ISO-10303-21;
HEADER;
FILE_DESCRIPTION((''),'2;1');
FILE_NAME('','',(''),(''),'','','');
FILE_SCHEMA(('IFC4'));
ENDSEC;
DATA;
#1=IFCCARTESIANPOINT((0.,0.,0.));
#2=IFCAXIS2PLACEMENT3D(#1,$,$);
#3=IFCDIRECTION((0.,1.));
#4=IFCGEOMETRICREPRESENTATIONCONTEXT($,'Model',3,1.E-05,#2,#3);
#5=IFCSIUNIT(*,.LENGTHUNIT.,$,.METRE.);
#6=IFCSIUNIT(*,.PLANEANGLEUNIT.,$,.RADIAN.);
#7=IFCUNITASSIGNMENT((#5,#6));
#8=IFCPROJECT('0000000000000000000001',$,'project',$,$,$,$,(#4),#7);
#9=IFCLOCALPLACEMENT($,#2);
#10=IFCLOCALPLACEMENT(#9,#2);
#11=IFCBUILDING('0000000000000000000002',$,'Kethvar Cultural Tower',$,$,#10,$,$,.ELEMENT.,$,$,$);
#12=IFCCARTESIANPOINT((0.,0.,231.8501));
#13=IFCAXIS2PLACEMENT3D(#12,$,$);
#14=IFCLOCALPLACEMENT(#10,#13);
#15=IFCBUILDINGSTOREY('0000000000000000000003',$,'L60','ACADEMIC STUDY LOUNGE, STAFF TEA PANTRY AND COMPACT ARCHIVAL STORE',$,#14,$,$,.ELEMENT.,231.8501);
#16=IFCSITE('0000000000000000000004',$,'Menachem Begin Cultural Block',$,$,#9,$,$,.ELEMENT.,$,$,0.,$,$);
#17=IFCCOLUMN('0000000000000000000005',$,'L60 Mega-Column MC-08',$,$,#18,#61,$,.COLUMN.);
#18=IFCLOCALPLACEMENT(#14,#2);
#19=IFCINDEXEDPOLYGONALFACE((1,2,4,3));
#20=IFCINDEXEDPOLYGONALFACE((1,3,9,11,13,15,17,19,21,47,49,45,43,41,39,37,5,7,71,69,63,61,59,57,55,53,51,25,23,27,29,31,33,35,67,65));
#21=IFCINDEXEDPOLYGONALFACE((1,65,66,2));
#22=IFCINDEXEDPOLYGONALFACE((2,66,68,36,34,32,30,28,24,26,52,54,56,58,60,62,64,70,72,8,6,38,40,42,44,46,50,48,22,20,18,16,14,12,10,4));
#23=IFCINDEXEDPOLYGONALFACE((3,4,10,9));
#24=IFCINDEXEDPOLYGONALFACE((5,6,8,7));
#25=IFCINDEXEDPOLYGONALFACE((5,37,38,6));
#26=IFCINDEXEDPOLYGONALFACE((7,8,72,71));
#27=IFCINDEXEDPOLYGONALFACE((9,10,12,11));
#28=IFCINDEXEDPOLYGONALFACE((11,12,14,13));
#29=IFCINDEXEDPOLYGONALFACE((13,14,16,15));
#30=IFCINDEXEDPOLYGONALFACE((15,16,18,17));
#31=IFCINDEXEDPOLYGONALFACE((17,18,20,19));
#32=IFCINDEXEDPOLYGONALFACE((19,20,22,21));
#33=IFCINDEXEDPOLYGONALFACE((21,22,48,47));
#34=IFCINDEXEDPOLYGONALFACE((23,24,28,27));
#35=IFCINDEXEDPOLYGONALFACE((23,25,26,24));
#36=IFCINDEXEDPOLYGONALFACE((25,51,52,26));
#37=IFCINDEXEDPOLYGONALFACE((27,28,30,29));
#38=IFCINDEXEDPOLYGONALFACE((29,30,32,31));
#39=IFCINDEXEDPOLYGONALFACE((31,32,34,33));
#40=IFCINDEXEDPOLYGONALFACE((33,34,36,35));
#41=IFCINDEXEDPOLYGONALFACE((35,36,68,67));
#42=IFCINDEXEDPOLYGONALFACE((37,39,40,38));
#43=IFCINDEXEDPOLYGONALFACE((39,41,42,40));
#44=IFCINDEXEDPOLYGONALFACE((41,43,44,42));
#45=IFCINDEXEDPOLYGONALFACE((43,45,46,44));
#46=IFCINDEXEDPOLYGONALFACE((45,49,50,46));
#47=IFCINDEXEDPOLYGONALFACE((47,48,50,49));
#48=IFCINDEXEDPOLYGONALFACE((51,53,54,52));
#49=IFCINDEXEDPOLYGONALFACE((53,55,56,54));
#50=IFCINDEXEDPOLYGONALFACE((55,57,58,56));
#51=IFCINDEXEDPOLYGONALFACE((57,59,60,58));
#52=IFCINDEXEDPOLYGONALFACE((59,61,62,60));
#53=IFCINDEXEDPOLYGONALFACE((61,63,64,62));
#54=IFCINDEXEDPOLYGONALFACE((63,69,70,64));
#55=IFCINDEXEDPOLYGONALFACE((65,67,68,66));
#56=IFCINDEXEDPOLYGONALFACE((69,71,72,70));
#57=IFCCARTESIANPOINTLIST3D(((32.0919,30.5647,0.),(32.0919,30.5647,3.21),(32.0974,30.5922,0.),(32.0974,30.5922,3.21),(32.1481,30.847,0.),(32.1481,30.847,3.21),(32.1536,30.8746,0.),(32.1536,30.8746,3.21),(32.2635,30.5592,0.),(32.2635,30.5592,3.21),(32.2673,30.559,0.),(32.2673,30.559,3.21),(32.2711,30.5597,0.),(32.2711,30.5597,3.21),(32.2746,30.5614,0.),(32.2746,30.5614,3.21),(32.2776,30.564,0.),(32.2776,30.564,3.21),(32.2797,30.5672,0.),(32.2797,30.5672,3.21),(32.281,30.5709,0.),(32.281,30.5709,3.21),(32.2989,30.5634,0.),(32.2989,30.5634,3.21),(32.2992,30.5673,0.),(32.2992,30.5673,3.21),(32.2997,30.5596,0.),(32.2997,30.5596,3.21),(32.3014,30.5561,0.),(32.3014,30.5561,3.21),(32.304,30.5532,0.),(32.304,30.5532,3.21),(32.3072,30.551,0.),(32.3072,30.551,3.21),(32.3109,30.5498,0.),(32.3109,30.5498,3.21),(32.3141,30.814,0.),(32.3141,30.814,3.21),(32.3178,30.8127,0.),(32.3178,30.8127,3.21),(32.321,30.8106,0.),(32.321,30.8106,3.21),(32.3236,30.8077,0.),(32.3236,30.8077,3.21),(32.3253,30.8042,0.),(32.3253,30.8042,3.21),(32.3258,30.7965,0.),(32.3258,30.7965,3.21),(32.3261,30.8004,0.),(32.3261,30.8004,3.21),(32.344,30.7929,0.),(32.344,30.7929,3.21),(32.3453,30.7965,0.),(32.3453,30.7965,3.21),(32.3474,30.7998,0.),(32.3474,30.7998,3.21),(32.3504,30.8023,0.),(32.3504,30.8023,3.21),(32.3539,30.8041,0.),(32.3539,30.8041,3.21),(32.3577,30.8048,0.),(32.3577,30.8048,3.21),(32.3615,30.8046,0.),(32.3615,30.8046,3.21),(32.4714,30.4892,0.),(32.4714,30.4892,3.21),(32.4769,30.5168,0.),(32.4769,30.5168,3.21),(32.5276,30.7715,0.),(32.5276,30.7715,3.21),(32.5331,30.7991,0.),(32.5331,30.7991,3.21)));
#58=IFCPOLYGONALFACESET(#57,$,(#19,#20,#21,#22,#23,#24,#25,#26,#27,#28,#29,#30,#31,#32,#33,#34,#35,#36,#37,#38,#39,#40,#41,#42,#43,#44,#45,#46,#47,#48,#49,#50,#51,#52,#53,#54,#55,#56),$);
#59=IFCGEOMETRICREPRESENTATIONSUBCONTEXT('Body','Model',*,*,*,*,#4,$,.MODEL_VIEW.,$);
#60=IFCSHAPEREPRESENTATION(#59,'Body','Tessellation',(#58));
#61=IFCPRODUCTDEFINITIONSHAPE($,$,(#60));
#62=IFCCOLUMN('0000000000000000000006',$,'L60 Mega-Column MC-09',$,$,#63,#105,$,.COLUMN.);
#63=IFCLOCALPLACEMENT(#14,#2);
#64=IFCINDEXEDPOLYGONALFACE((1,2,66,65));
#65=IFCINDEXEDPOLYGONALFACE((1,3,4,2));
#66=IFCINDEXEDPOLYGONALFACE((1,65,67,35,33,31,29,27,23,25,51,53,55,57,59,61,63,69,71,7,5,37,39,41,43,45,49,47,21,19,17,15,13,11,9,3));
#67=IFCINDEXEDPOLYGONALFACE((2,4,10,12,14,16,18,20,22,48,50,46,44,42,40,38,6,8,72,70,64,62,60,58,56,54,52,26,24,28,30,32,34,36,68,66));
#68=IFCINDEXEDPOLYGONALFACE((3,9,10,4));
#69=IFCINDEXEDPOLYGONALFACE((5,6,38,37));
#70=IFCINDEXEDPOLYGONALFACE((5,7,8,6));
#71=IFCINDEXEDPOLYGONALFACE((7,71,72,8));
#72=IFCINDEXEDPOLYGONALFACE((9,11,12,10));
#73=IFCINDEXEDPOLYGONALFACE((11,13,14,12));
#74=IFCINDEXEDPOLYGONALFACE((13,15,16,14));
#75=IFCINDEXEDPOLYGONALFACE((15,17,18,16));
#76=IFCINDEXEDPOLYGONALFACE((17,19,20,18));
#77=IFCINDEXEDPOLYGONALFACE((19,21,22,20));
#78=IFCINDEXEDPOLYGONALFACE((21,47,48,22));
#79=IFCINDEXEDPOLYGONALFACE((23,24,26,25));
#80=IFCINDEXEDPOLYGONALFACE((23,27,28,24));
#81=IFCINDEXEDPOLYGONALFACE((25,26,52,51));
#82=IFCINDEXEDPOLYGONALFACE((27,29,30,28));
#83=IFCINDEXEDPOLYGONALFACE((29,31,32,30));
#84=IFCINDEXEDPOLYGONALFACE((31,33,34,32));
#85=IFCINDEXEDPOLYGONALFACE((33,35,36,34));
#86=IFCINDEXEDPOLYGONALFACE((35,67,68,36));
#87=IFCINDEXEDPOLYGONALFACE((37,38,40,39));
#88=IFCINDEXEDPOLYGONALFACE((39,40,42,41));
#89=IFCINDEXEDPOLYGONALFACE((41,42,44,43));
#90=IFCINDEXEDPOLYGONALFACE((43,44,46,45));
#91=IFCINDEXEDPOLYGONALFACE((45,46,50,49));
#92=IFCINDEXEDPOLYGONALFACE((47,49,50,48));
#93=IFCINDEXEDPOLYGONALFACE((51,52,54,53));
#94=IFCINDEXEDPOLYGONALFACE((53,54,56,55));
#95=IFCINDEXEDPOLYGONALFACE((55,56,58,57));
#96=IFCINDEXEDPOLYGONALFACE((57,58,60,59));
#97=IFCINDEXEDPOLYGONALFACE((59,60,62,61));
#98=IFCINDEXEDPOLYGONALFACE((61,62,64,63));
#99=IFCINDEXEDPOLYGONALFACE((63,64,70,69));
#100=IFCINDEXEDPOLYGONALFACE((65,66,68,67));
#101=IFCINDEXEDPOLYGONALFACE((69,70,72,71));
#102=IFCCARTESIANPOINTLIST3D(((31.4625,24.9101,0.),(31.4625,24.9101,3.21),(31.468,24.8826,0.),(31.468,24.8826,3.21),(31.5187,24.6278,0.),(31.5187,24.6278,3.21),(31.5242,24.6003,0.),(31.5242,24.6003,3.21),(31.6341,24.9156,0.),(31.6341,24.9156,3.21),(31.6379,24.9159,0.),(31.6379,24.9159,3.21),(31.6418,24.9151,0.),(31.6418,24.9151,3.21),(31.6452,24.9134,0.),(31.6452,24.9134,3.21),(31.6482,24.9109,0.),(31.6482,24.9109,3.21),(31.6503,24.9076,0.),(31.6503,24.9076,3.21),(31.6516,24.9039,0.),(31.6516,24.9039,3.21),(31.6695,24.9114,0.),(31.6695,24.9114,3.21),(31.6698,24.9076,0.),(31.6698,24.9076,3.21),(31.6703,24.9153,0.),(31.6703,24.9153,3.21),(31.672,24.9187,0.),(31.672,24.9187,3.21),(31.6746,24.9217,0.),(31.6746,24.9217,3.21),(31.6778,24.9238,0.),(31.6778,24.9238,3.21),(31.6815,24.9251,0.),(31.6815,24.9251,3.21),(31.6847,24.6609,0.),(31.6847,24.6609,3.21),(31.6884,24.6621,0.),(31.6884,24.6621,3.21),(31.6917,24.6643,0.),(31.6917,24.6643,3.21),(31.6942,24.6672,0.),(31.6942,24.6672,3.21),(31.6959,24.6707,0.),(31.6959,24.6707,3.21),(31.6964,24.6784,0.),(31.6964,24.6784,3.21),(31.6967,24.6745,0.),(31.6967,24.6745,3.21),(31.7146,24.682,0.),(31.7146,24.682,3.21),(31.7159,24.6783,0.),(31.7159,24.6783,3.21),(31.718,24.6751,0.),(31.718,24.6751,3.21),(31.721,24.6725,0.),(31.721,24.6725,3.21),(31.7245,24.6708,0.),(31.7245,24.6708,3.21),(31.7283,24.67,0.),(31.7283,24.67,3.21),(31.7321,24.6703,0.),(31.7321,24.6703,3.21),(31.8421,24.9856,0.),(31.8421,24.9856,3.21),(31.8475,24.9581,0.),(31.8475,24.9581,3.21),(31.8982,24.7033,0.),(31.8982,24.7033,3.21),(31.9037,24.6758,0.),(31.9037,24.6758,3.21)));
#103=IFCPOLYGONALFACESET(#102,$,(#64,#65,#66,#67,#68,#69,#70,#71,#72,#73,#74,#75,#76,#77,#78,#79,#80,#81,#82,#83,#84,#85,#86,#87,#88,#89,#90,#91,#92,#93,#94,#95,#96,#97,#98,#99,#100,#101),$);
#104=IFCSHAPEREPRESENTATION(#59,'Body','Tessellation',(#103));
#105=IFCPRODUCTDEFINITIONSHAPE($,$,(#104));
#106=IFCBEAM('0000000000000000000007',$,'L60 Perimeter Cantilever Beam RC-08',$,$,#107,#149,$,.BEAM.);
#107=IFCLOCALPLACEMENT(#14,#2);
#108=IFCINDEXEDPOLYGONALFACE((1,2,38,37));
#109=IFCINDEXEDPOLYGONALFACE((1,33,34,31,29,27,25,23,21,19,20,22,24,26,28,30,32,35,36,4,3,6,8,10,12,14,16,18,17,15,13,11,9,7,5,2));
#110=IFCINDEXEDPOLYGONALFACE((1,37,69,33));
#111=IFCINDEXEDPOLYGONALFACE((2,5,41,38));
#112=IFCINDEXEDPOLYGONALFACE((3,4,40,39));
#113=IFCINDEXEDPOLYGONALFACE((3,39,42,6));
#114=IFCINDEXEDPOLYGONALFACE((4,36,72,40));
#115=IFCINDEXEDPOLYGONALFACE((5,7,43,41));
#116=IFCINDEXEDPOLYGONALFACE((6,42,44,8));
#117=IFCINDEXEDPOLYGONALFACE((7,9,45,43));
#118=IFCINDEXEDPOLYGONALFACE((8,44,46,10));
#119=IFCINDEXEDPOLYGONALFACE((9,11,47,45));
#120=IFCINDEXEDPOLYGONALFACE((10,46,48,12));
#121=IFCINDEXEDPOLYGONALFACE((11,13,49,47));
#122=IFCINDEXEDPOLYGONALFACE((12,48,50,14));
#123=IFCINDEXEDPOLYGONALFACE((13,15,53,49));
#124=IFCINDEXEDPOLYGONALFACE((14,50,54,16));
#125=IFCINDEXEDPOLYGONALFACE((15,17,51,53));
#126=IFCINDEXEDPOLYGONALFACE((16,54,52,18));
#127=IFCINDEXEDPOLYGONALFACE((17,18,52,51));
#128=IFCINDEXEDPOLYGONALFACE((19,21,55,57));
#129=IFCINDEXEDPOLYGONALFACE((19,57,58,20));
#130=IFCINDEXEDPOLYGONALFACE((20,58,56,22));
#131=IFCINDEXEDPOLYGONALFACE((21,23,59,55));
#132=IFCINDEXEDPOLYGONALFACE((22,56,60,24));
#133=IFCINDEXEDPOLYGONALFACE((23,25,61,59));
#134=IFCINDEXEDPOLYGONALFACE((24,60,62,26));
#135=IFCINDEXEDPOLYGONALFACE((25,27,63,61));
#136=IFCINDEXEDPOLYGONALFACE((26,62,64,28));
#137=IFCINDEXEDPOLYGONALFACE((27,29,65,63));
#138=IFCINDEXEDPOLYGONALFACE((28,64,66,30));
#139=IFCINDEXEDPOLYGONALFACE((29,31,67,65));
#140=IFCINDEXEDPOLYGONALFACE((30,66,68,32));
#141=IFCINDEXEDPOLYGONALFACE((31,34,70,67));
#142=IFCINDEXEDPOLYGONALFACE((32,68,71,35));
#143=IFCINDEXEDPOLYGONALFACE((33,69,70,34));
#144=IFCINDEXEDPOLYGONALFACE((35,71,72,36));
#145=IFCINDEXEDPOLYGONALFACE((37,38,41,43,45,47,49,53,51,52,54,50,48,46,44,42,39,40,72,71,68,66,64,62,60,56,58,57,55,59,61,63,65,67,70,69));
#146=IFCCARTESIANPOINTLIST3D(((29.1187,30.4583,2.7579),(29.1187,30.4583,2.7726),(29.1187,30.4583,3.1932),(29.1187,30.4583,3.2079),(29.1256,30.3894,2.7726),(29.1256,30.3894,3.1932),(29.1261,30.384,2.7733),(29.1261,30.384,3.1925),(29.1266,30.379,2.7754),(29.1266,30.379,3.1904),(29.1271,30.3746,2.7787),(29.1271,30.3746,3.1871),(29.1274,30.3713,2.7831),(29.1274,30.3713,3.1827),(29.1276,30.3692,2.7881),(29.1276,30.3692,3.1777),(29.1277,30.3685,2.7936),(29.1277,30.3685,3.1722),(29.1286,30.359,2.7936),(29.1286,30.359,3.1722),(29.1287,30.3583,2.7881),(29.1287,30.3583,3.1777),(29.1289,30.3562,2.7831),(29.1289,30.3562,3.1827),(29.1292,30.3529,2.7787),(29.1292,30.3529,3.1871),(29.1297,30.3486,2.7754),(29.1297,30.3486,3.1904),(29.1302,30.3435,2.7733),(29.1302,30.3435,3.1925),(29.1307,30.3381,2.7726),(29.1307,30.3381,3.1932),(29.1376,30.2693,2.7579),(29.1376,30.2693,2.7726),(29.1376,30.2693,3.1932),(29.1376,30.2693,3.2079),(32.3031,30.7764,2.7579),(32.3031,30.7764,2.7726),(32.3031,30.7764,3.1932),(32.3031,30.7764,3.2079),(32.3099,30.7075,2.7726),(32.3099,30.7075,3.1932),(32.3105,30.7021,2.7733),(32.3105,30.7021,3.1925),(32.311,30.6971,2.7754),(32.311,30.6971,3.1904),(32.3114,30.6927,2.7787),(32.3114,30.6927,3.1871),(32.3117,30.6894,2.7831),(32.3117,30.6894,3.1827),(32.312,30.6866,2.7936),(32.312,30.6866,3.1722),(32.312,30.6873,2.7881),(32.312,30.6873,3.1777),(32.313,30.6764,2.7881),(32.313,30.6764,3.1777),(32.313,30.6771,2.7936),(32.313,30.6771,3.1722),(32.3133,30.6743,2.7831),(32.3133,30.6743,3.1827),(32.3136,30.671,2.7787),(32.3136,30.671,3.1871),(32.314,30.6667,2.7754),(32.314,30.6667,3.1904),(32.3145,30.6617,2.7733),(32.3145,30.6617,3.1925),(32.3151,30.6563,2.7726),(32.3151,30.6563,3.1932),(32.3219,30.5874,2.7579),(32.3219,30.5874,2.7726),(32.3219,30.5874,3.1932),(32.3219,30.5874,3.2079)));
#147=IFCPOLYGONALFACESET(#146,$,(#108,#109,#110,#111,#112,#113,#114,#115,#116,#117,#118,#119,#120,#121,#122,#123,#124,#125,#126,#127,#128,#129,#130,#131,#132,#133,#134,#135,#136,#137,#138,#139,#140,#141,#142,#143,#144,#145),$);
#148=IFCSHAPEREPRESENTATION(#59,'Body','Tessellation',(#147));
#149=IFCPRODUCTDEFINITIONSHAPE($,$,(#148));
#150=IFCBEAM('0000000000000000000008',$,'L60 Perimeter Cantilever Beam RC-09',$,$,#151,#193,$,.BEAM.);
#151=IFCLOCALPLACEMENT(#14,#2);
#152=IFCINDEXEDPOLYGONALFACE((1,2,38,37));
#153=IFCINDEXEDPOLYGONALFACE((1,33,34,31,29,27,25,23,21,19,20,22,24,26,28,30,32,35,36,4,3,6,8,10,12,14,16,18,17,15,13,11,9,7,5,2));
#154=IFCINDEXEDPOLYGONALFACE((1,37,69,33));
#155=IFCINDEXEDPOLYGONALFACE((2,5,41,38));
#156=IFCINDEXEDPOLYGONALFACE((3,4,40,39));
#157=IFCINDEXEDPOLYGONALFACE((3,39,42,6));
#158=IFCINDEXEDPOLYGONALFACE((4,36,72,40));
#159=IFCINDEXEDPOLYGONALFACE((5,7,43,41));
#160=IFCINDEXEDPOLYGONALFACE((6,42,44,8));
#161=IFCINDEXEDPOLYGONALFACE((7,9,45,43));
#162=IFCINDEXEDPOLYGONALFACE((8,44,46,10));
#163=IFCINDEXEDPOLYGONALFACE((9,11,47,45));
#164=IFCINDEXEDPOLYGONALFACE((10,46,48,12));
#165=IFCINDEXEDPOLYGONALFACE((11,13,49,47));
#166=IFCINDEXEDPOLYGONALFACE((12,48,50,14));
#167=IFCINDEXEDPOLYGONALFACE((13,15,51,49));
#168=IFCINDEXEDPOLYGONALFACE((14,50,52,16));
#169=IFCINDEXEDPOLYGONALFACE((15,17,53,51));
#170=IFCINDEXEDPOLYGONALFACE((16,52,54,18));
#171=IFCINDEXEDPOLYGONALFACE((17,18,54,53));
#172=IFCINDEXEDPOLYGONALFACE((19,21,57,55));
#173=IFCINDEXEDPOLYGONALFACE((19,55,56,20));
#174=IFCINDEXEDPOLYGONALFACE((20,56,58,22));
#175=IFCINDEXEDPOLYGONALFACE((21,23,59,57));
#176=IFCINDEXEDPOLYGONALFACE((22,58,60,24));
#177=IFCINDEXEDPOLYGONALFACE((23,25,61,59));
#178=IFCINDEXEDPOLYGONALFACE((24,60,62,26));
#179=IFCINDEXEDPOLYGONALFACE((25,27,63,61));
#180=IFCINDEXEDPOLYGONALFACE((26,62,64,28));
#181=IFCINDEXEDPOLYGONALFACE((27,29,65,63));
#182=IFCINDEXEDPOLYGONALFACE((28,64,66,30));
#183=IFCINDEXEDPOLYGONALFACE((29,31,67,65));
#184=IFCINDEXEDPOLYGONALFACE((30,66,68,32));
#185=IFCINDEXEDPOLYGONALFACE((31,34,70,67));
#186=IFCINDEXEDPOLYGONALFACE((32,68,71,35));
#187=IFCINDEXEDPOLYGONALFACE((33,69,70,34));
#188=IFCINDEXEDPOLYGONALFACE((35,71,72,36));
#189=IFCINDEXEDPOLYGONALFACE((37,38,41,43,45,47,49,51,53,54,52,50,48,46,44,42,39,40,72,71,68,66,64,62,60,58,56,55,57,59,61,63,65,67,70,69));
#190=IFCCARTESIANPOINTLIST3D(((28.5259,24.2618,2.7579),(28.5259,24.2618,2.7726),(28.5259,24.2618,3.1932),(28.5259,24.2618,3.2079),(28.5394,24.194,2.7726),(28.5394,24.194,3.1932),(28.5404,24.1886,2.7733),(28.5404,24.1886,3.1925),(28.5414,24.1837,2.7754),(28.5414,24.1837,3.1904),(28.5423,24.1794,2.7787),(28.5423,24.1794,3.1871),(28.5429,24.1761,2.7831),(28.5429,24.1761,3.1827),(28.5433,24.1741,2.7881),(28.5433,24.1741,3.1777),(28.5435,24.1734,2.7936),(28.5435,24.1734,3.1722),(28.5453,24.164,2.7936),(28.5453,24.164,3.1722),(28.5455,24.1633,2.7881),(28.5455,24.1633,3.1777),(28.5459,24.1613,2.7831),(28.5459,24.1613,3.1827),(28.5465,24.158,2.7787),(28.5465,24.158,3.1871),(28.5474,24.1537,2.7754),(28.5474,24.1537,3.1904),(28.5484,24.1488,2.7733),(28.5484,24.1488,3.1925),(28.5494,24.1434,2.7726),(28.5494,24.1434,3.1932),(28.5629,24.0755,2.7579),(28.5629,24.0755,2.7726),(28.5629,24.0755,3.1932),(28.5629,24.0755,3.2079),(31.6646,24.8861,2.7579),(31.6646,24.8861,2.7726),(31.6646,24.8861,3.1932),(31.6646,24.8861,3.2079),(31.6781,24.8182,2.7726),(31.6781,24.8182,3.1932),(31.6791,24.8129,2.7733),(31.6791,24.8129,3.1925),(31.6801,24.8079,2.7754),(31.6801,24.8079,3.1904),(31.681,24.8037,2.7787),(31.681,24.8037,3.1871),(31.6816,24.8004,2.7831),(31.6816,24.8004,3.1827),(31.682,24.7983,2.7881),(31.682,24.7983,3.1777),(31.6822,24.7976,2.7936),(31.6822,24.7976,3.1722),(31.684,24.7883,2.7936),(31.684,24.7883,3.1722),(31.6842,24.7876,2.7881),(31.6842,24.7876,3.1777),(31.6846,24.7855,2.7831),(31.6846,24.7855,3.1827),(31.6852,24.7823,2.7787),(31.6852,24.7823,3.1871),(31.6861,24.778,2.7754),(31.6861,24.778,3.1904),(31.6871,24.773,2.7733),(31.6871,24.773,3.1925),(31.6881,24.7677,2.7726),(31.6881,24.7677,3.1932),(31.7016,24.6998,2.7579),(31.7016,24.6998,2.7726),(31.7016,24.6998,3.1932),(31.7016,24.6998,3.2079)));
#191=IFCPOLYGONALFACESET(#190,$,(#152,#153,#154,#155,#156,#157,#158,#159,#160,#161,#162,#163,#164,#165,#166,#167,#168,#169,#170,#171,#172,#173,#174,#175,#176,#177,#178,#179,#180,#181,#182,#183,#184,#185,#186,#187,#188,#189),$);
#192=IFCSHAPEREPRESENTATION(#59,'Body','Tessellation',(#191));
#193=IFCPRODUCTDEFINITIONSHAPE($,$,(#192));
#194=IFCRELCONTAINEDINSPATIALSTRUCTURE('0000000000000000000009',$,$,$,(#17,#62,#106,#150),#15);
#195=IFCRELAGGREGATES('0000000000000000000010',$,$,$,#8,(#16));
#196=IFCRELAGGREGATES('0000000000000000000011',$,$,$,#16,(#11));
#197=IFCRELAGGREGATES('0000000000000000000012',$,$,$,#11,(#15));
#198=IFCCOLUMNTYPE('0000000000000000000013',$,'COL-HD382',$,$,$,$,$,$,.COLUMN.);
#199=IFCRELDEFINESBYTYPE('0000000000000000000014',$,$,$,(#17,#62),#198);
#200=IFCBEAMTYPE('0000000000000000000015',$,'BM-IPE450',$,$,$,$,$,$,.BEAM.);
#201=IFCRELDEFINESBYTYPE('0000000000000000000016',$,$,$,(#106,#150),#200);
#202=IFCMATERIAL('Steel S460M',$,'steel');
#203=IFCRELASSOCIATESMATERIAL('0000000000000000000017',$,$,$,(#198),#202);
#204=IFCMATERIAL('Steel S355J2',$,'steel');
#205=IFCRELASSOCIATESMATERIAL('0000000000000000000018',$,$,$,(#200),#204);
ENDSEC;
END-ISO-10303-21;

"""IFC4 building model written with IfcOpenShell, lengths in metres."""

from ifc_helpers import new_model, si_unit, direction, frame, origin, origin_2d, place, context, subcontext, project, spatial, i_section, extrude, source, transform, mapped, material, material_profile, profile_set, type_object, element, save


model = new_model("IFC4")

# Units and contexts
model_context = context("Model", 3, precision=1e-05, world=origin(), true_north=direction((0.0, 1.0)))
body_context = subcontext(model_context, "Body", "Model", "MODEL_VIEW")
ifc_project = project(units=[si_unit("LENGTHUNIT", "METRE"), si_unit("PLANEANGLEUNIT", "RADIAN")], contexts=[model_context])

# Site, building, storey
site_placement = place(None, origin())
site = spatial("IfcSite", under=ifc_project, at=site_placement, Name="Menachem Begin Cultural Block", CompositionType="ELEMENT", RefElevation=0.0)
building_placement = place(site_placement, origin())
building = spatial("IfcBuilding", under=site, at=building_placement, Name="Kethvar Cultural Tower", CompositionType="ELEMENT")
storey_placement = place(building_placement, frame((0.0, 0.0, 231.8501)))
storey = spatial("IfcBuildingStorey", under=building, at=storey_placement, Name="L60", Description="ACADEMIC STUDY LOUNGE, STAFF TEA PANTRY AND COMPACT ARCHIVAL STORE", CompositionType="ELEMENT", Elevation=231.8501)

# Columns
ifc_material_1 = material(Name="Steel S460M", Category="steel")
ifc_material_profile_1 = material_profile(ifc_material_1, i_section(OverallWidth=0.387, OverallDepth=0.3159, WebThickness=0.0186, FlangeThickness=0.0281, FilletRadius=0.0149, at=origin_2d()), Name="Steel S460M — HD400x382")
ifc_profile_set_1 = profile_set([ifc_material_profile_1], Name="Steel S460M — HD400x382")
column_type = type_object("IfcColumnType", Name="COL-HD382", PredefinedType="COLUMN", material=ifc_profile_set_1)
shared_shape_1 = source(origin(), body_context, "Body", "SweptSolid", [
    extrude(i_section(OverallWidth=0.387, OverallDepth=0.3159, WebThickness=0.0186, FlangeThickness=0.0281, FilletRadius=0.0149, at=origin_2d()), origin(), (0.0, 0.0, 1.0), 3.21),
])
for number, where, z_axis, x_axis, name in (
    (1, (32.3125, 30.6819, 0.0), (0.0, 0.0, 1.0), (-0.980785, 0.19509, 0.0), "L60 Mega-Column MC-08"),
    (2, (31.6831, 24.793, 0.0), (0.0, 0.0, 1.0), (-0.980785, -0.19509, 0.0), "L60 Mega-Column MC-09"),
):
    element("IfcColumn", number, at=place(storey_placement, frame(where, z_axis=z_axis, x_axis=x_axis)), inside=storey, type_object=column_type, Name=name, PredefinedType="COLUMN", context=body_context, shape_type="MappedRepresentation", body=[
        mapped(shared_shape_1, transform((0.0, 0.0, 0.0), scale=1.0)),
    ])

# Beams
ifc_material_2 = material(Name="Steel S355J2", Category="steel")
ifc_material_profile_2 = material_profile(ifc_material_2, i_section(OverallWidth=0.1899, OverallDepth=0.45, WebThickness=0.0095, FlangeThickness=0.0146, FilletRadius=0.021, at=origin_2d()), Name="Steel S355J2 — IPE450")
ifc_profile_set_2 = profile_set([ifc_material_profile_2], Name="Steel S355J2 — IPE450")
beam_type_1 = type_object("IfcBeamType", Name="BM-IPE450", PredefinedType="BEAM", material=ifc_profile_set_2)
shared_shape_2 = source(origin(), body_context, "Body", "SweptSolid", [
    extrude(i_section(OverallWidth=0.1899, OverallDepth=0.45, WebThickness=0.0095, FlangeThickness=0.0146, FilletRadius=0.021, at=origin_2d()), origin(), (0.0, 0.0, 1.0), 3.2002),
])
for number, where, z_axis, x_axis, name in (
    (3, (32.3125, 30.6819, 2.9829), (-0.995047, -0.099406, 0.0), (0.099406, -0.995047, 0.0), "L60 Perimeter Cantilever Beam RC-08"),
    (4, (31.6831, 24.793, 2.9829), (-0.980788, -0.195074, 0.0), (0.195074, -0.980788, 0.0), "L60 Perimeter Cantilever Beam RC-09"),
):
    element("IfcBeam", number, at=place(storey_placement, frame(where, z_axis=z_axis, x_axis=x_axis)), inside=storey, type_object=beam_type_1, Name=name, PredefinedType="BEAM", context=body_context, shape_type="MappedRepresentation", body=[
        mapped(shared_shape_2, transform((0.0, 0.0, 0.0), scale=1.0)),
    ])

save(model, "model.ifc")
